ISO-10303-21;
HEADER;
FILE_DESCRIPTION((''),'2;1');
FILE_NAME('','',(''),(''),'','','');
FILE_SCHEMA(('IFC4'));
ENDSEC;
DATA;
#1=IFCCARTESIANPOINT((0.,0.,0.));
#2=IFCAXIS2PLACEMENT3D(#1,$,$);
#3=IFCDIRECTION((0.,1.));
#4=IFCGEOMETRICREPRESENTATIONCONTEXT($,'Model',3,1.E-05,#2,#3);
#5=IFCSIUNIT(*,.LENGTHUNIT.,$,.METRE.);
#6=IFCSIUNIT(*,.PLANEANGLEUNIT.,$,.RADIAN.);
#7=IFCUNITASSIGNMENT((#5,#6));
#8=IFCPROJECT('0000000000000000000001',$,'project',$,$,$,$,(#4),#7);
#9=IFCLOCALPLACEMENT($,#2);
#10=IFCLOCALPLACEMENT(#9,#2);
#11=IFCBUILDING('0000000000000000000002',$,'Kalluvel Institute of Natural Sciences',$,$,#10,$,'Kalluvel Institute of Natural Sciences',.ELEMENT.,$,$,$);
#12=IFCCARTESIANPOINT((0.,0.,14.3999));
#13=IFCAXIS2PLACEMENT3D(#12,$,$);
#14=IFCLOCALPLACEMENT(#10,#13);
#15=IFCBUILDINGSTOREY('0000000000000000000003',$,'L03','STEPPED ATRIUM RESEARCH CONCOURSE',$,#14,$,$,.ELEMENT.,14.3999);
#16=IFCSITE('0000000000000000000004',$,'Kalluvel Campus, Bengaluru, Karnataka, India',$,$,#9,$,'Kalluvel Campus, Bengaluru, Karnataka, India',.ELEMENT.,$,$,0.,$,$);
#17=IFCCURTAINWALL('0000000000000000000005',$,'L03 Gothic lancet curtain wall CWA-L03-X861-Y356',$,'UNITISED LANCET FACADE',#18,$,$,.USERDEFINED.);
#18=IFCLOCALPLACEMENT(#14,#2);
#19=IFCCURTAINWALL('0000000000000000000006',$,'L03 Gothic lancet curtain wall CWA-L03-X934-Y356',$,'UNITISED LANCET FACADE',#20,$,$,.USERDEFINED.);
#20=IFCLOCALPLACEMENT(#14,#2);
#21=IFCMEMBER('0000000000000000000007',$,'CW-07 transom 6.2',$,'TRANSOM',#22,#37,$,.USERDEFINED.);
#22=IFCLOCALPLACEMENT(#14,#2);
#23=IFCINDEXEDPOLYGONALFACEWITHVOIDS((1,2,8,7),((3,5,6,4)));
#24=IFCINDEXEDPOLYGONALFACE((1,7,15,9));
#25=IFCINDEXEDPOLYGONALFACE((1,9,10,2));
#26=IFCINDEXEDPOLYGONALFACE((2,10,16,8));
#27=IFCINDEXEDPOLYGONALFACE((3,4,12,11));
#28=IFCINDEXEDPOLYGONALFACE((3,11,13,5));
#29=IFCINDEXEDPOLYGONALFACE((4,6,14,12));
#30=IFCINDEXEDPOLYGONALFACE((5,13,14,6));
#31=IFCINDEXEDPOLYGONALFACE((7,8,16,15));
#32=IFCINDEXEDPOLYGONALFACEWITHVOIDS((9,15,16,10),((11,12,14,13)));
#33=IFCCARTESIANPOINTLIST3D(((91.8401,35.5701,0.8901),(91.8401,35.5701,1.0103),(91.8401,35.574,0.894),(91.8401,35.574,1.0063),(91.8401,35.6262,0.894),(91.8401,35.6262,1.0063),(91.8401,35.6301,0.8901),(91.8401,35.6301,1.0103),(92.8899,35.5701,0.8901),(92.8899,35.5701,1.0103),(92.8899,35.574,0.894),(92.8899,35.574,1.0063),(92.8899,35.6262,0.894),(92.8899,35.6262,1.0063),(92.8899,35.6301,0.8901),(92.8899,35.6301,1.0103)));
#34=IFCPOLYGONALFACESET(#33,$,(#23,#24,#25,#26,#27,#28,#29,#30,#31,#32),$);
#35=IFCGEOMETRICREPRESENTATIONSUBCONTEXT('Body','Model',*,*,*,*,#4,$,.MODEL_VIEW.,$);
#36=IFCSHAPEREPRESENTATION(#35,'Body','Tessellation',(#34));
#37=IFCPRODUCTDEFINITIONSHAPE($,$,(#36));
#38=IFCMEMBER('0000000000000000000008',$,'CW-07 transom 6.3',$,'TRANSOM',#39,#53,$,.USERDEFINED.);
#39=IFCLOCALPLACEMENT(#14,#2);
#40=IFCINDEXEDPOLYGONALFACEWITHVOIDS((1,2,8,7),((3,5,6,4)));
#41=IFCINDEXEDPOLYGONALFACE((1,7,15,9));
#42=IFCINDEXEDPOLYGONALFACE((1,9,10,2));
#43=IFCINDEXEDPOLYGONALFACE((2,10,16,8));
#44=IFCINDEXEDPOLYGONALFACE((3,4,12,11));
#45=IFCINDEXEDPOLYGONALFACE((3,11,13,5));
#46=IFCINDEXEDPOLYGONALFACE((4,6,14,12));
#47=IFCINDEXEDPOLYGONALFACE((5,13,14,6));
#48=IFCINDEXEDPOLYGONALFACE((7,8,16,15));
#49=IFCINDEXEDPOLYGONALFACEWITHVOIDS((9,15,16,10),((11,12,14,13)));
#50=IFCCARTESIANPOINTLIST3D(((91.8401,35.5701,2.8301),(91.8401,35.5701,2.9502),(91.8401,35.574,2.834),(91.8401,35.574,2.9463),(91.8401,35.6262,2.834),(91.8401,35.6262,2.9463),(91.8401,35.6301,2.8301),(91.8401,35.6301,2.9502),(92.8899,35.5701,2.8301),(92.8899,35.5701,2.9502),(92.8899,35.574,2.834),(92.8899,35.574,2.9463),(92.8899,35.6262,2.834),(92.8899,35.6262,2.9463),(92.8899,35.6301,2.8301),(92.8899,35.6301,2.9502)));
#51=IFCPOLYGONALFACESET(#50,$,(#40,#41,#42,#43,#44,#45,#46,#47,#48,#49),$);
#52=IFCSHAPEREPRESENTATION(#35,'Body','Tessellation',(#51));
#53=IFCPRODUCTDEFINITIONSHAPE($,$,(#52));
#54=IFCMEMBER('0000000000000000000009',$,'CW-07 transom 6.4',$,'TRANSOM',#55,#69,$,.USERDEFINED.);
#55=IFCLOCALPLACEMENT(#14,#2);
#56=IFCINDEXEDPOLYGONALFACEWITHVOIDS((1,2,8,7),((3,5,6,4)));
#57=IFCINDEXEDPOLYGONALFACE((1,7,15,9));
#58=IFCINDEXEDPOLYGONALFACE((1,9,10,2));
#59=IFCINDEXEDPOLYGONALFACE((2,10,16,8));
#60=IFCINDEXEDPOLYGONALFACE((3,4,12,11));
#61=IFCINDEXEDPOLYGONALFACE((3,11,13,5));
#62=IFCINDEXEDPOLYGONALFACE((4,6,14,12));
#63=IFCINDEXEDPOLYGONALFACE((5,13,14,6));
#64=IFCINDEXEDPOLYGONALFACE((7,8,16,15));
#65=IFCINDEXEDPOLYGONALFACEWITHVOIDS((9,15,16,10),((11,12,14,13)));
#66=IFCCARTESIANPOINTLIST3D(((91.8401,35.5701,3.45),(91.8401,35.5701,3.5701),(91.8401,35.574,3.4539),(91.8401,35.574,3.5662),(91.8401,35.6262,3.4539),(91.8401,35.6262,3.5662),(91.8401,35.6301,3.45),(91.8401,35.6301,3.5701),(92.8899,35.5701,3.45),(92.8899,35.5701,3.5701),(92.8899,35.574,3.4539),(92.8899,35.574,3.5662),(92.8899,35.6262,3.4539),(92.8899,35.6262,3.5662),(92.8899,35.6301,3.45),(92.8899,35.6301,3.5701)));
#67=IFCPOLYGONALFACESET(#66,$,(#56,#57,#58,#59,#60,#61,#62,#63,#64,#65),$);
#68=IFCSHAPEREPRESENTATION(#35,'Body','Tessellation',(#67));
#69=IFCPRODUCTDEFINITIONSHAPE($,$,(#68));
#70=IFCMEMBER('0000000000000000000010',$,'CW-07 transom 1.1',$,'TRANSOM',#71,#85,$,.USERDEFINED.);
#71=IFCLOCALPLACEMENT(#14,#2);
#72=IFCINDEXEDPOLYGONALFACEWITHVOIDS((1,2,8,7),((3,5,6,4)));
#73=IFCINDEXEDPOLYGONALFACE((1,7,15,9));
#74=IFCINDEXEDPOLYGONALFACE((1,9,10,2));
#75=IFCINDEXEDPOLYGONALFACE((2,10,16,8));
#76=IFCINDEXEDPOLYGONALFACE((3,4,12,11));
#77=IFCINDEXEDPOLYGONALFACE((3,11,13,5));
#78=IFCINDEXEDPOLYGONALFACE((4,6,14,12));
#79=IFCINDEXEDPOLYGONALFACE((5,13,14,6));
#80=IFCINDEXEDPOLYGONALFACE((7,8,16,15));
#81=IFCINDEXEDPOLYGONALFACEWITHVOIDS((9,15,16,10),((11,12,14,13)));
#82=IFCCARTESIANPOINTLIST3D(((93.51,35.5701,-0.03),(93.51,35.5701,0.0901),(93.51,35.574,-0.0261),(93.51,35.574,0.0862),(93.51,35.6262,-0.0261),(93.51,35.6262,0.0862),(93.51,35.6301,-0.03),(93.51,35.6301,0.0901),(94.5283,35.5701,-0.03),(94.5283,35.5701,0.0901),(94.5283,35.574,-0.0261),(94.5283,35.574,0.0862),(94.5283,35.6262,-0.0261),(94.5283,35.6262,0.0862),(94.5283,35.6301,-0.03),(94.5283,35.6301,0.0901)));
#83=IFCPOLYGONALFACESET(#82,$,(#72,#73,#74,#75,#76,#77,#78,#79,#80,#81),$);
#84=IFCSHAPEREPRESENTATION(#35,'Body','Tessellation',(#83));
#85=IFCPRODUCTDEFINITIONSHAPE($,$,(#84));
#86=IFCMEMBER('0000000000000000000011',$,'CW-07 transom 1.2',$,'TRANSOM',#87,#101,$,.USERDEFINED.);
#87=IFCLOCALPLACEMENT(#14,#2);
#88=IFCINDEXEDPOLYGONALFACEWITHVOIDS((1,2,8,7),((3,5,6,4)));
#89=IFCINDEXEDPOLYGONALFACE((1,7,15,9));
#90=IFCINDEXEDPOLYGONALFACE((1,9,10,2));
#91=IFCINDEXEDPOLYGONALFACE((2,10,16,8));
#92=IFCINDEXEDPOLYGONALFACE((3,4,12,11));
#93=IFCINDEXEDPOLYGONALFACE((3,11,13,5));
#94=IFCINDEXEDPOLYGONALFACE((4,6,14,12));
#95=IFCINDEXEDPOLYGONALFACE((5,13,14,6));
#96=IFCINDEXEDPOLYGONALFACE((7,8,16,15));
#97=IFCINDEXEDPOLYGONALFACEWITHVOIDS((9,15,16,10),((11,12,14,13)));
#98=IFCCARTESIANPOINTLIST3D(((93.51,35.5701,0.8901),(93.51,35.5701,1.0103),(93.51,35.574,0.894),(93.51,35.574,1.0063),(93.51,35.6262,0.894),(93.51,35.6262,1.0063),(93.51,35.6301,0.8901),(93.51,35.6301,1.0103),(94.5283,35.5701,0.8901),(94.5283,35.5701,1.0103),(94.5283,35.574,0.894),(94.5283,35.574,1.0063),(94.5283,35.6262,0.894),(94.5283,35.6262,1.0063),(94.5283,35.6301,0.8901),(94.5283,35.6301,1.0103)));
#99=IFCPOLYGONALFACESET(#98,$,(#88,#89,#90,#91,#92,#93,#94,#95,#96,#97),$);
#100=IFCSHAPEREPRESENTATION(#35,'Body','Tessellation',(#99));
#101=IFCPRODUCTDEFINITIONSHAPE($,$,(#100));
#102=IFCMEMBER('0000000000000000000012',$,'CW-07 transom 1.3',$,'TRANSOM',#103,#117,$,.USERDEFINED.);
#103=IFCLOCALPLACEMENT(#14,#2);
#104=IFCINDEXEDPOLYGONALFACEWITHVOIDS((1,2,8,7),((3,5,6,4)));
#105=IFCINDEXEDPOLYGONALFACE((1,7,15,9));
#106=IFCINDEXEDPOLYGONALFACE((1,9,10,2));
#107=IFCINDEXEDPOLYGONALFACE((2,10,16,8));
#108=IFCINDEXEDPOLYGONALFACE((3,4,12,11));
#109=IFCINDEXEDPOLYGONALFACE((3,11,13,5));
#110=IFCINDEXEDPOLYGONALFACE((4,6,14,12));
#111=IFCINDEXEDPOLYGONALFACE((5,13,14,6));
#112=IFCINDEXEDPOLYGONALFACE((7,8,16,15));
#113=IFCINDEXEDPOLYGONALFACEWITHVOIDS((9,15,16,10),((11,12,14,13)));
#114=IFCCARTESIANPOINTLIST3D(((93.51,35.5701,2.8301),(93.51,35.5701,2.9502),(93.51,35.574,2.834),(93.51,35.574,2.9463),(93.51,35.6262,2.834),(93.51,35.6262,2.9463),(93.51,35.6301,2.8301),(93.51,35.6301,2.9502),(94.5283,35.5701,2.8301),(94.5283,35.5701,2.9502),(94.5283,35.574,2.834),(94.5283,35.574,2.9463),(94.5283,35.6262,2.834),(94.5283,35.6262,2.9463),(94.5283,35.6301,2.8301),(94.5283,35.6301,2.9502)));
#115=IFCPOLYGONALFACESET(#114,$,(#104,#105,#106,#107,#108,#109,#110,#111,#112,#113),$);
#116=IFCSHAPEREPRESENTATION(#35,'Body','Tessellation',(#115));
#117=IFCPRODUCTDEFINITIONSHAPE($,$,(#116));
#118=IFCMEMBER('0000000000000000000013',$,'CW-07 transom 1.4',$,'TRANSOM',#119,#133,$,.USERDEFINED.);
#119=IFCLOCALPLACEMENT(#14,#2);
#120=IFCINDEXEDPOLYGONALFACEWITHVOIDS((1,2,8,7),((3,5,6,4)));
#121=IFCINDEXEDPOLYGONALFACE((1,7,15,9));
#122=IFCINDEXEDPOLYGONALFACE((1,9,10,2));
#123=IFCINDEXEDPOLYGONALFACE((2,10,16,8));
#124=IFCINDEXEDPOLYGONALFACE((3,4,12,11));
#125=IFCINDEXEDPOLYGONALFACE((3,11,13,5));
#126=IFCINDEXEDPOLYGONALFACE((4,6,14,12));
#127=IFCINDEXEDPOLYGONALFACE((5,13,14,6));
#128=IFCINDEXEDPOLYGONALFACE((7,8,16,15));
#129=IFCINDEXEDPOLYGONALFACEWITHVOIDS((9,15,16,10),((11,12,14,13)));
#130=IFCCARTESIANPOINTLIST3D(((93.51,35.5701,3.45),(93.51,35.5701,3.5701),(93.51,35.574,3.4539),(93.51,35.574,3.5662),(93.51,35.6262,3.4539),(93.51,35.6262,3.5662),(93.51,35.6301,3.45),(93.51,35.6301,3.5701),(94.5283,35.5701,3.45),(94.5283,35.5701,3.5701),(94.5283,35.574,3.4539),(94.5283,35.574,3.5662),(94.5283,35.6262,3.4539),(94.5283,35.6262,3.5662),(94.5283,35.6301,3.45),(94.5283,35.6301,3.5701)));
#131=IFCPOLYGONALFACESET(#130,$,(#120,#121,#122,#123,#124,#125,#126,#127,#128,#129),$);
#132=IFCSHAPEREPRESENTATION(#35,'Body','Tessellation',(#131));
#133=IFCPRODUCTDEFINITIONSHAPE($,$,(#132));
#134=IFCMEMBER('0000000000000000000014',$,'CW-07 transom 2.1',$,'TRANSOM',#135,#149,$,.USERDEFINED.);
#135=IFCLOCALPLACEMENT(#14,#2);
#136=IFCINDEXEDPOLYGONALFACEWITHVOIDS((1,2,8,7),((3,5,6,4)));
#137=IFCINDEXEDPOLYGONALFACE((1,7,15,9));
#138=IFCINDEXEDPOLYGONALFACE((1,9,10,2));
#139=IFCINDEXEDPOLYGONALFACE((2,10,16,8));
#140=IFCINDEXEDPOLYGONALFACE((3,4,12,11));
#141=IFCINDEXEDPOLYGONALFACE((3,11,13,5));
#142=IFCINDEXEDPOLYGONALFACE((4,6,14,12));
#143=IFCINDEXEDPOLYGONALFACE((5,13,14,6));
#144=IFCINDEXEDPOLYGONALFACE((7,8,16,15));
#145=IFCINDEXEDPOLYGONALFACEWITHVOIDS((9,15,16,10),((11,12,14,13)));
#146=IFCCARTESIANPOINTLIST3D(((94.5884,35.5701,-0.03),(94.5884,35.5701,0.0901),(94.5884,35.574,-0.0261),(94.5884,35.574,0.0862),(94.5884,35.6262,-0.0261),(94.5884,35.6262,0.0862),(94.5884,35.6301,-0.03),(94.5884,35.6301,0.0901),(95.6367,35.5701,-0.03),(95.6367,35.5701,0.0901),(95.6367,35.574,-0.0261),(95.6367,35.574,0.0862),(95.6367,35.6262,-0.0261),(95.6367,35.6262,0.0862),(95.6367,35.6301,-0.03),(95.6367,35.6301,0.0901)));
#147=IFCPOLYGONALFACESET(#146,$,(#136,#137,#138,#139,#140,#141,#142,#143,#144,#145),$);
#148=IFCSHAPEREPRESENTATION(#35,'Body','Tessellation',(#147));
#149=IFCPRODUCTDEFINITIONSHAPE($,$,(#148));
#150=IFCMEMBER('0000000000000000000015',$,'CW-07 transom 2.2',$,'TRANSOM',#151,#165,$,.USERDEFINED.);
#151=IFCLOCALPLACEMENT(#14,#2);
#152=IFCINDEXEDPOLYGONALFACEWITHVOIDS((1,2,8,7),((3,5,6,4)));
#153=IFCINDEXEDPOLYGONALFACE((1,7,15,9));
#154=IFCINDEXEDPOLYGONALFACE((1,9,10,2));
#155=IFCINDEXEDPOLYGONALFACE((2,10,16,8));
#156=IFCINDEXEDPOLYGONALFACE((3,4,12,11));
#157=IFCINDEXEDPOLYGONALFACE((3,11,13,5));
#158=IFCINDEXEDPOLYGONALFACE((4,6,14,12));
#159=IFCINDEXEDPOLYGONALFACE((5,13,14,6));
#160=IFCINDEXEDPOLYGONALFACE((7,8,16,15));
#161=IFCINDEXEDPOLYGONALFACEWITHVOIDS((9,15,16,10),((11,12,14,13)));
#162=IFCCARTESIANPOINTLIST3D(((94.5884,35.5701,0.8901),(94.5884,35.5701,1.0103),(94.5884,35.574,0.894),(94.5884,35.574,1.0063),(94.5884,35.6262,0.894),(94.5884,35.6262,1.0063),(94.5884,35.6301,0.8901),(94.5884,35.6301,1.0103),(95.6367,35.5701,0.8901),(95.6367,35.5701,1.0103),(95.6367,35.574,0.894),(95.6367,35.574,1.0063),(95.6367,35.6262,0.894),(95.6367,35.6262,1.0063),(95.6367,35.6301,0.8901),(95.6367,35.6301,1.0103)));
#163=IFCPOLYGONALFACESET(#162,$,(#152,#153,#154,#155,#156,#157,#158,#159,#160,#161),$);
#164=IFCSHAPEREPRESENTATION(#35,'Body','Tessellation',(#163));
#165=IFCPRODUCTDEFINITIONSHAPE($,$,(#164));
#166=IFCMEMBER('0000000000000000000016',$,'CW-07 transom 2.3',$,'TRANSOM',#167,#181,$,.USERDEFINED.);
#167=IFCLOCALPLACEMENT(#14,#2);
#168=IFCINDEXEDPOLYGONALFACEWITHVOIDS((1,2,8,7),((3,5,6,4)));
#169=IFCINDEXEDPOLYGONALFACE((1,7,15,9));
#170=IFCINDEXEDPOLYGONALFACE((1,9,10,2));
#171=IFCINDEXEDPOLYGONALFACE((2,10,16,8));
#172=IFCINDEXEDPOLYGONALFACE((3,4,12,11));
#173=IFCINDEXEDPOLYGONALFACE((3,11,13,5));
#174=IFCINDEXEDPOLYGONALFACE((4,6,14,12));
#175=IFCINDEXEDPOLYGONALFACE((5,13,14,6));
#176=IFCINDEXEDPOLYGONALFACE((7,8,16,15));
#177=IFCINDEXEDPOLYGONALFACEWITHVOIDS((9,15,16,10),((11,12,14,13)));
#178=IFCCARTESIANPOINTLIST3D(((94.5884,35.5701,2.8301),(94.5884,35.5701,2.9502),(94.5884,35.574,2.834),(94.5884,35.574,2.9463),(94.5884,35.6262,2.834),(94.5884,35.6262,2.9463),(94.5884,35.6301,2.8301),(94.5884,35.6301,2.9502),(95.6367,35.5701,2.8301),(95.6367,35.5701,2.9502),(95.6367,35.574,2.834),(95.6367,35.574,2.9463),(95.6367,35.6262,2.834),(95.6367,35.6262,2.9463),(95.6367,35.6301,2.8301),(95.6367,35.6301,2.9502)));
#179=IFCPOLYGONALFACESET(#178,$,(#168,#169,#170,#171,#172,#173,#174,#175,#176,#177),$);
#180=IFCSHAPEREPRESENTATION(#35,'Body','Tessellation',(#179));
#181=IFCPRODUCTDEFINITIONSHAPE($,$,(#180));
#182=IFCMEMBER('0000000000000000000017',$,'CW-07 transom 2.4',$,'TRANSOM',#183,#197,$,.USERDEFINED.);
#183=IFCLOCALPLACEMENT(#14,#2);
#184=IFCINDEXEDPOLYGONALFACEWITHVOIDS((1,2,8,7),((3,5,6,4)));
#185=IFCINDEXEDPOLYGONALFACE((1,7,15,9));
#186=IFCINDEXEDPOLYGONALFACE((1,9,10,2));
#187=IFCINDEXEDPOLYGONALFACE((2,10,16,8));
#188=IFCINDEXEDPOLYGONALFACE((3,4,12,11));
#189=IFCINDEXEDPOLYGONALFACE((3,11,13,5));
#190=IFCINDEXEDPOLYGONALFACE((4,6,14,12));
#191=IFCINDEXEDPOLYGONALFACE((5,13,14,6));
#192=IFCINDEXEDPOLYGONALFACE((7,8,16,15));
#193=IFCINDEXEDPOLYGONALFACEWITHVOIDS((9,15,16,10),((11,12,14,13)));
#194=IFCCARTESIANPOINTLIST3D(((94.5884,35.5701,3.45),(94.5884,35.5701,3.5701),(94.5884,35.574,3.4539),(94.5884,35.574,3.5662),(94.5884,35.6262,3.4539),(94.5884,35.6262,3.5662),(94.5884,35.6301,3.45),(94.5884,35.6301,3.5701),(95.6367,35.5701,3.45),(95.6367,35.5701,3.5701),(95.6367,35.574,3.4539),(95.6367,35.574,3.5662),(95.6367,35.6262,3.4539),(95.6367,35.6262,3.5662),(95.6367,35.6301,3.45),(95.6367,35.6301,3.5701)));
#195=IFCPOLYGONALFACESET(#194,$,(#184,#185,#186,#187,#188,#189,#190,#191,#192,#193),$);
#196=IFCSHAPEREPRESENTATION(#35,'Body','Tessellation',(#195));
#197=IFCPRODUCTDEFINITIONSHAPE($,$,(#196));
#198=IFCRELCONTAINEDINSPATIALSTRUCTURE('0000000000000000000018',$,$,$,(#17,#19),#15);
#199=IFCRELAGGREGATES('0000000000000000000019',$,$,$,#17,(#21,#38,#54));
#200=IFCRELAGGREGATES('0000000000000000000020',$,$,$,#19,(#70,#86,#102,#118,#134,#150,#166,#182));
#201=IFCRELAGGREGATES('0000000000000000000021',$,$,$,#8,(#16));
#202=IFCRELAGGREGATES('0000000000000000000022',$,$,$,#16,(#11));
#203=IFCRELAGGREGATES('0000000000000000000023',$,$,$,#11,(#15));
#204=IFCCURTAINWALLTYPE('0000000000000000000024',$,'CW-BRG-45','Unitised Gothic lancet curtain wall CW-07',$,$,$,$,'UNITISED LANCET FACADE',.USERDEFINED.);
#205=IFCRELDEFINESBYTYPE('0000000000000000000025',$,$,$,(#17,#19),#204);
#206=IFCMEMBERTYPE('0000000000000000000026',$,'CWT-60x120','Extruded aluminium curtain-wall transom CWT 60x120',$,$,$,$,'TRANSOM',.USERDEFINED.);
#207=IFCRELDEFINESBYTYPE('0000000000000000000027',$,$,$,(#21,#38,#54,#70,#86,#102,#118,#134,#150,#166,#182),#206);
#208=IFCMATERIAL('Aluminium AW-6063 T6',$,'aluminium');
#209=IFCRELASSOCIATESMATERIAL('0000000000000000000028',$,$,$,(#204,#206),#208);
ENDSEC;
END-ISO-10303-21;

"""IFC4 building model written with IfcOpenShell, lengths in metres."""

from ifc_helpers import new_model, si_unit, direction, frame, origin, origin_2d, place, context, subcontext, project, spatial, hollow_rectangle, extrude, material, material_profile, profile_set, type_object, element, aggregate, save


model = new_model("IFC4")

# Units and contexts
model_context = context("Model", 3, precision=1e-05, world=origin(), true_north=direction((0.0, 1.0)))
body_context = subcontext(model_context, "Body", "Model", "MODEL_VIEW")
ifc_project = project(units=[si_unit("LENGTHUNIT", "METRE"), si_unit("PLANEANGLEUNIT", "RADIAN")], contexts=[model_context])

# Site, building, storey
site_placement = place(None, origin())
site = spatial("IfcSite", under=ifc_project, at=site_placement, Name="Kalluvel Campus, Bengaluru, Karnataka, India", LongName="Kalluvel Campus, Bengaluru, Karnataka, India", CompositionType="ELEMENT", RefElevation=0.0)
building_placement = place(site_placement, origin())
building = spatial("IfcBuilding", under=site, at=building_placement, Name="Kalluvel Institute of Natural Sciences", LongName="Kalluvel Institute of Natural Sciences", CompositionType="ELEMENT")
storey_placement = place(building_placement, frame((0.0, 0.0, 14.3999)))
storey = spatial("IfcBuildingStorey", under=building, at=storey_placement, Name="L03", Description="STEPPED ATRIUM RESEARCH CONCOURSE", CompositionType="ELEMENT", Elevation=14.3999)

# Curtain walls
ifc_material_1 = material(Name="Aluminium AW-6063 T6", Category="aluminium")
curtain_wall_type = type_object("IfcCurtainWallType", Name="CW-BRG-45", Description="Unitised Gothic lancet curtain wall CW-07", ElementType="UNITISED LANCET FACADE", PredefinedType="USERDEFINED", material=ifc_material_1)
curtain_wall_1_placement = place(storey_placement, origin())
curtain_wall_1 = element("IfcCurtainWall", 1, at=curtain_wall_1_placement, inside=storey, type_object=curtain_wall_type, Name="L03 Gothic lancet curtain wall CWA-L03-X861-Y356", ObjectType="UNITISED LANCET FACADE", PredefinedType="USERDEFINED")
curtain_wall_2_placement = place(storey_placement, origin())
curtain_wall_2 = element("IfcCurtainWall", 2, at=curtain_wall_2_placement, inside=storey, type_object=curtain_wall_type, Name="L03 Gothic lancet curtain wall CWA-L03-X934-Y356", ObjectType="UNITISED LANCET FACADE", PredefinedType="USERDEFINED")

# Members
ifc_material_profile_1 = material_profile(ifc_material_1, hollow_rectangle(XDim=0.0601, YDim=0.1201, WallThickness=0.0039, at=origin_2d()), Name="CWT 60x120")
ifc_profile_set_1 = profile_set([ifc_material_profile_1], Name="Aluminium AW-6063 T6")
member_type_1 = type_object("IfcMemberType", Name="CWT-60x120", Description="Extruded aluminium curtain-wall transom CWT 60x120", ElementType="TRANSOM", PredefinedType="USERDEFINED", material=ifc_profile_set_1)
member_1_placement = place(storey_placement, frame((91.8401, 35.6001, 0.9502), z_axis=(1.0, 0.0, 0.0), x_axis=(0.0, 1.0, 0.0)))
member_1 = element("IfcMember", 3, at=member_1_placement, type_object=member_type_1, Name="CW-07 transom 6.2", ObjectType="TRANSOM", PredefinedType="USERDEFINED", context=body_context, shape_type="SweptSolid", body=[
    extrude(hollow_rectangle(XDim=0.0601, YDim=0.1201, WallThickness=0.0039, at=origin_2d()), origin(), (0.0, 0.0, 1.0), 1.0498),
])
member_2_placement = place(storey_placement, frame((91.8401, 35.6001, 2.8901), z_axis=(1.0, 0.0, 0.0), x_axis=(0.0, 1.0, 0.0)))
member_2 = element("IfcMember", 4, at=member_2_placement, type_object=member_type_1, Name="CW-07 transom 6.3", ObjectType="TRANSOM", PredefinedType="USERDEFINED", context=body_context, shape_type="SweptSolid", body=[
    extrude(hollow_rectangle(XDim=0.0601, YDim=0.1201, WallThickness=0.0039, at=origin_2d()), origin(), (0.0, 0.0, 1.0), 1.0498),
])
member_3_placement = place(storey_placement, frame((91.8401, 35.6001, 3.51), z_axis=(1.0, 0.0, 0.0), x_axis=(0.0, 1.0, 0.0)))
member_3 = element("IfcMember", 5, at=member_3_placement, type_object=member_type_1, Name="CW-07 transom 6.4", ObjectType="TRANSOM", PredefinedType="USERDEFINED", context=body_context, shape_type="SweptSolid", body=[
    extrude(hollow_rectangle(XDim=0.0601, YDim=0.1201, WallThickness=0.0039, at=origin_2d()), origin(), (0.0, 0.0, 1.0), 1.0498),
])
member_4_placement = place(storey_placement, frame((93.51, 35.6001, 0.03), z_axis=(1.0, 0.0, 0.0), x_axis=(0.0, 1.0, 0.0)))
member_4 = element("IfcMember", 6, at=member_4_placement, type_object=member_type_1, Name="CW-07 transom 1.1", ObjectType="TRANSOM", PredefinedType="USERDEFINED", context=body_context, shape_type="SweptSolid", body=[
    extrude(hollow_rectangle(XDim=0.0601, YDim=0.1201, WallThickness=0.0039, at=origin_2d()), origin(), (0.0, 0.0, 1.0), 1.0183),
])
member_5_placement = place(storey_placement, frame((93.51, 35.6001, 0.9502), z_axis=(1.0, 0.0, 0.0), x_axis=(0.0, 1.0, 0.0)))
member_5 = element("IfcMember", 7, at=member_5_placement, type_object=member_type_1, Name="CW-07 transom 1.2", ObjectType="TRANSOM", PredefinedType="USERDEFINED", context=body_context, shape_type="SweptSolid", body=[
    extrude(hollow_rectangle(XDim=0.0601, YDim=0.1201, WallThickness=0.0039, at=origin_2d()), origin(), (0.0, 0.0, 1.0), 1.0183),
])
member_6_placement = place(storey_placement, frame((93.51, 35.6001, 2.8901), z_axis=(1.0, 0.0, 0.0), x_axis=(0.0, 1.0, 0.0)))
member_6 = element("IfcMember", 8, at=member_6_placement, type_object=member_type_1, Name="CW-07 transom 1.3", ObjectType="TRANSOM", PredefinedType="USERDEFINED", context=body_context, shape_type="SweptSolid", body=[
    extrude(hollow_rectangle(XDim=0.0601, YDim=0.1201, WallThickness=0.0039, at=origin_2d()), origin(), (0.0, 0.0, 1.0), 1.0183),
])
member_7_placement = place(storey_placement, frame((93.51, 35.6001, 3.51), z_axis=(1.0, 0.0, 0.0), x_axis=(0.0, 1.0, 0.0)))
member_7 = element("IfcMember", 9, at=member_7_placement, type_object=member_type_1, Name="CW-07 transom 1.4", ObjectType="TRANSOM", PredefinedType="USERDEFINED", context=body_context, shape_type="SweptSolid", body=[
    extrude(hollow_rectangle(XDim=0.0601, YDim=0.1201, WallThickness=0.0039, at=origin_2d()), origin(), (0.0, 0.0, 1.0), 1.0183),
])
member_8_placement = place(storey_placement, frame((94.5884, 35.6001, 0.03), z_axis=(1.0, 0.0, 0.0), x_axis=(0.0, 1.0, 0.0)))
member_8 = element("IfcMember", 10, at=member_8_placement, type_object=member_type_1, Name="CW-07 transom 2.1", ObjectType="TRANSOM", PredefinedType="USERDEFINED", context=body_context, shape_type="SweptSolid", body=[
    extrude(hollow_rectangle(XDim=0.0601, YDim=0.1201, WallThickness=0.0039, at=origin_2d()), origin(), (0.0, 0.0, 1.0), 1.0483),
])
member_9_placement = place(storey_placement, frame((94.5884, 35.6001, 0.9502), z_axis=(1.0, 0.0, 0.0), x_axis=(0.0, 1.0, 0.0)))
member_9 = element("IfcMember", 11, at=member_9_placement, type_object=member_type_1, Name="CW-07 transom 2.2", ObjectType="TRANSOM", PredefinedType="USERDEFINED", context=body_context, shape_type="SweptSolid", body=[
    extrude(hollow_rectangle(XDim=0.0601, YDim=0.1201, WallThickness=0.0039, at=origin_2d()), origin(), (0.0, 0.0, 1.0), 1.0483),
])
member_10_placement = place(storey_placement, frame((94.5884, 35.6001, 2.8901), z_axis=(1.0, 0.0, 0.0), x_axis=(0.0, 1.0, 0.0)))
member_10 = element("IfcMember", 12, at=member_10_placement, type_object=member_type_1, Name="CW-07 transom 2.3", ObjectType="TRANSOM", PredefinedType="USERDEFINED", context=body_context, shape_type="SweptSolid", body=[
    extrude(hollow_rectangle(XDim=0.0601, YDim=0.1201, WallThickness=0.0039, at=origin_2d()), origin(), (0.0, 0.0, 1.0), 1.0483),
])
member_11_placement = place(storey_placement, frame((94.5884, 35.6001, 3.51), z_axis=(1.0, 0.0, 0.0), x_axis=(0.0, 1.0, 0.0)))
member_11 = element("IfcMember", 13, at=member_11_placement, type_object=member_type_1, Name="CW-07 transom 2.4", ObjectType="TRANSOM", PredefinedType="USERDEFINED", context=body_context, shape_type="SweptSolid", body=[
    extrude(hollow_rectangle(XDim=0.0601, YDim=0.1201, WallThickness=0.0039, at=origin_2d()), origin(), (0.0, 0.0, 1.0), 1.0483),
])

aggregate(curtain_wall_1, [member_1, member_2, member_3])
aggregate(curtain_wall_2, [member_4, member_5, member_6, member_7, member_8, member_9, member_10, member_11])

save(model, "model.ifc")
